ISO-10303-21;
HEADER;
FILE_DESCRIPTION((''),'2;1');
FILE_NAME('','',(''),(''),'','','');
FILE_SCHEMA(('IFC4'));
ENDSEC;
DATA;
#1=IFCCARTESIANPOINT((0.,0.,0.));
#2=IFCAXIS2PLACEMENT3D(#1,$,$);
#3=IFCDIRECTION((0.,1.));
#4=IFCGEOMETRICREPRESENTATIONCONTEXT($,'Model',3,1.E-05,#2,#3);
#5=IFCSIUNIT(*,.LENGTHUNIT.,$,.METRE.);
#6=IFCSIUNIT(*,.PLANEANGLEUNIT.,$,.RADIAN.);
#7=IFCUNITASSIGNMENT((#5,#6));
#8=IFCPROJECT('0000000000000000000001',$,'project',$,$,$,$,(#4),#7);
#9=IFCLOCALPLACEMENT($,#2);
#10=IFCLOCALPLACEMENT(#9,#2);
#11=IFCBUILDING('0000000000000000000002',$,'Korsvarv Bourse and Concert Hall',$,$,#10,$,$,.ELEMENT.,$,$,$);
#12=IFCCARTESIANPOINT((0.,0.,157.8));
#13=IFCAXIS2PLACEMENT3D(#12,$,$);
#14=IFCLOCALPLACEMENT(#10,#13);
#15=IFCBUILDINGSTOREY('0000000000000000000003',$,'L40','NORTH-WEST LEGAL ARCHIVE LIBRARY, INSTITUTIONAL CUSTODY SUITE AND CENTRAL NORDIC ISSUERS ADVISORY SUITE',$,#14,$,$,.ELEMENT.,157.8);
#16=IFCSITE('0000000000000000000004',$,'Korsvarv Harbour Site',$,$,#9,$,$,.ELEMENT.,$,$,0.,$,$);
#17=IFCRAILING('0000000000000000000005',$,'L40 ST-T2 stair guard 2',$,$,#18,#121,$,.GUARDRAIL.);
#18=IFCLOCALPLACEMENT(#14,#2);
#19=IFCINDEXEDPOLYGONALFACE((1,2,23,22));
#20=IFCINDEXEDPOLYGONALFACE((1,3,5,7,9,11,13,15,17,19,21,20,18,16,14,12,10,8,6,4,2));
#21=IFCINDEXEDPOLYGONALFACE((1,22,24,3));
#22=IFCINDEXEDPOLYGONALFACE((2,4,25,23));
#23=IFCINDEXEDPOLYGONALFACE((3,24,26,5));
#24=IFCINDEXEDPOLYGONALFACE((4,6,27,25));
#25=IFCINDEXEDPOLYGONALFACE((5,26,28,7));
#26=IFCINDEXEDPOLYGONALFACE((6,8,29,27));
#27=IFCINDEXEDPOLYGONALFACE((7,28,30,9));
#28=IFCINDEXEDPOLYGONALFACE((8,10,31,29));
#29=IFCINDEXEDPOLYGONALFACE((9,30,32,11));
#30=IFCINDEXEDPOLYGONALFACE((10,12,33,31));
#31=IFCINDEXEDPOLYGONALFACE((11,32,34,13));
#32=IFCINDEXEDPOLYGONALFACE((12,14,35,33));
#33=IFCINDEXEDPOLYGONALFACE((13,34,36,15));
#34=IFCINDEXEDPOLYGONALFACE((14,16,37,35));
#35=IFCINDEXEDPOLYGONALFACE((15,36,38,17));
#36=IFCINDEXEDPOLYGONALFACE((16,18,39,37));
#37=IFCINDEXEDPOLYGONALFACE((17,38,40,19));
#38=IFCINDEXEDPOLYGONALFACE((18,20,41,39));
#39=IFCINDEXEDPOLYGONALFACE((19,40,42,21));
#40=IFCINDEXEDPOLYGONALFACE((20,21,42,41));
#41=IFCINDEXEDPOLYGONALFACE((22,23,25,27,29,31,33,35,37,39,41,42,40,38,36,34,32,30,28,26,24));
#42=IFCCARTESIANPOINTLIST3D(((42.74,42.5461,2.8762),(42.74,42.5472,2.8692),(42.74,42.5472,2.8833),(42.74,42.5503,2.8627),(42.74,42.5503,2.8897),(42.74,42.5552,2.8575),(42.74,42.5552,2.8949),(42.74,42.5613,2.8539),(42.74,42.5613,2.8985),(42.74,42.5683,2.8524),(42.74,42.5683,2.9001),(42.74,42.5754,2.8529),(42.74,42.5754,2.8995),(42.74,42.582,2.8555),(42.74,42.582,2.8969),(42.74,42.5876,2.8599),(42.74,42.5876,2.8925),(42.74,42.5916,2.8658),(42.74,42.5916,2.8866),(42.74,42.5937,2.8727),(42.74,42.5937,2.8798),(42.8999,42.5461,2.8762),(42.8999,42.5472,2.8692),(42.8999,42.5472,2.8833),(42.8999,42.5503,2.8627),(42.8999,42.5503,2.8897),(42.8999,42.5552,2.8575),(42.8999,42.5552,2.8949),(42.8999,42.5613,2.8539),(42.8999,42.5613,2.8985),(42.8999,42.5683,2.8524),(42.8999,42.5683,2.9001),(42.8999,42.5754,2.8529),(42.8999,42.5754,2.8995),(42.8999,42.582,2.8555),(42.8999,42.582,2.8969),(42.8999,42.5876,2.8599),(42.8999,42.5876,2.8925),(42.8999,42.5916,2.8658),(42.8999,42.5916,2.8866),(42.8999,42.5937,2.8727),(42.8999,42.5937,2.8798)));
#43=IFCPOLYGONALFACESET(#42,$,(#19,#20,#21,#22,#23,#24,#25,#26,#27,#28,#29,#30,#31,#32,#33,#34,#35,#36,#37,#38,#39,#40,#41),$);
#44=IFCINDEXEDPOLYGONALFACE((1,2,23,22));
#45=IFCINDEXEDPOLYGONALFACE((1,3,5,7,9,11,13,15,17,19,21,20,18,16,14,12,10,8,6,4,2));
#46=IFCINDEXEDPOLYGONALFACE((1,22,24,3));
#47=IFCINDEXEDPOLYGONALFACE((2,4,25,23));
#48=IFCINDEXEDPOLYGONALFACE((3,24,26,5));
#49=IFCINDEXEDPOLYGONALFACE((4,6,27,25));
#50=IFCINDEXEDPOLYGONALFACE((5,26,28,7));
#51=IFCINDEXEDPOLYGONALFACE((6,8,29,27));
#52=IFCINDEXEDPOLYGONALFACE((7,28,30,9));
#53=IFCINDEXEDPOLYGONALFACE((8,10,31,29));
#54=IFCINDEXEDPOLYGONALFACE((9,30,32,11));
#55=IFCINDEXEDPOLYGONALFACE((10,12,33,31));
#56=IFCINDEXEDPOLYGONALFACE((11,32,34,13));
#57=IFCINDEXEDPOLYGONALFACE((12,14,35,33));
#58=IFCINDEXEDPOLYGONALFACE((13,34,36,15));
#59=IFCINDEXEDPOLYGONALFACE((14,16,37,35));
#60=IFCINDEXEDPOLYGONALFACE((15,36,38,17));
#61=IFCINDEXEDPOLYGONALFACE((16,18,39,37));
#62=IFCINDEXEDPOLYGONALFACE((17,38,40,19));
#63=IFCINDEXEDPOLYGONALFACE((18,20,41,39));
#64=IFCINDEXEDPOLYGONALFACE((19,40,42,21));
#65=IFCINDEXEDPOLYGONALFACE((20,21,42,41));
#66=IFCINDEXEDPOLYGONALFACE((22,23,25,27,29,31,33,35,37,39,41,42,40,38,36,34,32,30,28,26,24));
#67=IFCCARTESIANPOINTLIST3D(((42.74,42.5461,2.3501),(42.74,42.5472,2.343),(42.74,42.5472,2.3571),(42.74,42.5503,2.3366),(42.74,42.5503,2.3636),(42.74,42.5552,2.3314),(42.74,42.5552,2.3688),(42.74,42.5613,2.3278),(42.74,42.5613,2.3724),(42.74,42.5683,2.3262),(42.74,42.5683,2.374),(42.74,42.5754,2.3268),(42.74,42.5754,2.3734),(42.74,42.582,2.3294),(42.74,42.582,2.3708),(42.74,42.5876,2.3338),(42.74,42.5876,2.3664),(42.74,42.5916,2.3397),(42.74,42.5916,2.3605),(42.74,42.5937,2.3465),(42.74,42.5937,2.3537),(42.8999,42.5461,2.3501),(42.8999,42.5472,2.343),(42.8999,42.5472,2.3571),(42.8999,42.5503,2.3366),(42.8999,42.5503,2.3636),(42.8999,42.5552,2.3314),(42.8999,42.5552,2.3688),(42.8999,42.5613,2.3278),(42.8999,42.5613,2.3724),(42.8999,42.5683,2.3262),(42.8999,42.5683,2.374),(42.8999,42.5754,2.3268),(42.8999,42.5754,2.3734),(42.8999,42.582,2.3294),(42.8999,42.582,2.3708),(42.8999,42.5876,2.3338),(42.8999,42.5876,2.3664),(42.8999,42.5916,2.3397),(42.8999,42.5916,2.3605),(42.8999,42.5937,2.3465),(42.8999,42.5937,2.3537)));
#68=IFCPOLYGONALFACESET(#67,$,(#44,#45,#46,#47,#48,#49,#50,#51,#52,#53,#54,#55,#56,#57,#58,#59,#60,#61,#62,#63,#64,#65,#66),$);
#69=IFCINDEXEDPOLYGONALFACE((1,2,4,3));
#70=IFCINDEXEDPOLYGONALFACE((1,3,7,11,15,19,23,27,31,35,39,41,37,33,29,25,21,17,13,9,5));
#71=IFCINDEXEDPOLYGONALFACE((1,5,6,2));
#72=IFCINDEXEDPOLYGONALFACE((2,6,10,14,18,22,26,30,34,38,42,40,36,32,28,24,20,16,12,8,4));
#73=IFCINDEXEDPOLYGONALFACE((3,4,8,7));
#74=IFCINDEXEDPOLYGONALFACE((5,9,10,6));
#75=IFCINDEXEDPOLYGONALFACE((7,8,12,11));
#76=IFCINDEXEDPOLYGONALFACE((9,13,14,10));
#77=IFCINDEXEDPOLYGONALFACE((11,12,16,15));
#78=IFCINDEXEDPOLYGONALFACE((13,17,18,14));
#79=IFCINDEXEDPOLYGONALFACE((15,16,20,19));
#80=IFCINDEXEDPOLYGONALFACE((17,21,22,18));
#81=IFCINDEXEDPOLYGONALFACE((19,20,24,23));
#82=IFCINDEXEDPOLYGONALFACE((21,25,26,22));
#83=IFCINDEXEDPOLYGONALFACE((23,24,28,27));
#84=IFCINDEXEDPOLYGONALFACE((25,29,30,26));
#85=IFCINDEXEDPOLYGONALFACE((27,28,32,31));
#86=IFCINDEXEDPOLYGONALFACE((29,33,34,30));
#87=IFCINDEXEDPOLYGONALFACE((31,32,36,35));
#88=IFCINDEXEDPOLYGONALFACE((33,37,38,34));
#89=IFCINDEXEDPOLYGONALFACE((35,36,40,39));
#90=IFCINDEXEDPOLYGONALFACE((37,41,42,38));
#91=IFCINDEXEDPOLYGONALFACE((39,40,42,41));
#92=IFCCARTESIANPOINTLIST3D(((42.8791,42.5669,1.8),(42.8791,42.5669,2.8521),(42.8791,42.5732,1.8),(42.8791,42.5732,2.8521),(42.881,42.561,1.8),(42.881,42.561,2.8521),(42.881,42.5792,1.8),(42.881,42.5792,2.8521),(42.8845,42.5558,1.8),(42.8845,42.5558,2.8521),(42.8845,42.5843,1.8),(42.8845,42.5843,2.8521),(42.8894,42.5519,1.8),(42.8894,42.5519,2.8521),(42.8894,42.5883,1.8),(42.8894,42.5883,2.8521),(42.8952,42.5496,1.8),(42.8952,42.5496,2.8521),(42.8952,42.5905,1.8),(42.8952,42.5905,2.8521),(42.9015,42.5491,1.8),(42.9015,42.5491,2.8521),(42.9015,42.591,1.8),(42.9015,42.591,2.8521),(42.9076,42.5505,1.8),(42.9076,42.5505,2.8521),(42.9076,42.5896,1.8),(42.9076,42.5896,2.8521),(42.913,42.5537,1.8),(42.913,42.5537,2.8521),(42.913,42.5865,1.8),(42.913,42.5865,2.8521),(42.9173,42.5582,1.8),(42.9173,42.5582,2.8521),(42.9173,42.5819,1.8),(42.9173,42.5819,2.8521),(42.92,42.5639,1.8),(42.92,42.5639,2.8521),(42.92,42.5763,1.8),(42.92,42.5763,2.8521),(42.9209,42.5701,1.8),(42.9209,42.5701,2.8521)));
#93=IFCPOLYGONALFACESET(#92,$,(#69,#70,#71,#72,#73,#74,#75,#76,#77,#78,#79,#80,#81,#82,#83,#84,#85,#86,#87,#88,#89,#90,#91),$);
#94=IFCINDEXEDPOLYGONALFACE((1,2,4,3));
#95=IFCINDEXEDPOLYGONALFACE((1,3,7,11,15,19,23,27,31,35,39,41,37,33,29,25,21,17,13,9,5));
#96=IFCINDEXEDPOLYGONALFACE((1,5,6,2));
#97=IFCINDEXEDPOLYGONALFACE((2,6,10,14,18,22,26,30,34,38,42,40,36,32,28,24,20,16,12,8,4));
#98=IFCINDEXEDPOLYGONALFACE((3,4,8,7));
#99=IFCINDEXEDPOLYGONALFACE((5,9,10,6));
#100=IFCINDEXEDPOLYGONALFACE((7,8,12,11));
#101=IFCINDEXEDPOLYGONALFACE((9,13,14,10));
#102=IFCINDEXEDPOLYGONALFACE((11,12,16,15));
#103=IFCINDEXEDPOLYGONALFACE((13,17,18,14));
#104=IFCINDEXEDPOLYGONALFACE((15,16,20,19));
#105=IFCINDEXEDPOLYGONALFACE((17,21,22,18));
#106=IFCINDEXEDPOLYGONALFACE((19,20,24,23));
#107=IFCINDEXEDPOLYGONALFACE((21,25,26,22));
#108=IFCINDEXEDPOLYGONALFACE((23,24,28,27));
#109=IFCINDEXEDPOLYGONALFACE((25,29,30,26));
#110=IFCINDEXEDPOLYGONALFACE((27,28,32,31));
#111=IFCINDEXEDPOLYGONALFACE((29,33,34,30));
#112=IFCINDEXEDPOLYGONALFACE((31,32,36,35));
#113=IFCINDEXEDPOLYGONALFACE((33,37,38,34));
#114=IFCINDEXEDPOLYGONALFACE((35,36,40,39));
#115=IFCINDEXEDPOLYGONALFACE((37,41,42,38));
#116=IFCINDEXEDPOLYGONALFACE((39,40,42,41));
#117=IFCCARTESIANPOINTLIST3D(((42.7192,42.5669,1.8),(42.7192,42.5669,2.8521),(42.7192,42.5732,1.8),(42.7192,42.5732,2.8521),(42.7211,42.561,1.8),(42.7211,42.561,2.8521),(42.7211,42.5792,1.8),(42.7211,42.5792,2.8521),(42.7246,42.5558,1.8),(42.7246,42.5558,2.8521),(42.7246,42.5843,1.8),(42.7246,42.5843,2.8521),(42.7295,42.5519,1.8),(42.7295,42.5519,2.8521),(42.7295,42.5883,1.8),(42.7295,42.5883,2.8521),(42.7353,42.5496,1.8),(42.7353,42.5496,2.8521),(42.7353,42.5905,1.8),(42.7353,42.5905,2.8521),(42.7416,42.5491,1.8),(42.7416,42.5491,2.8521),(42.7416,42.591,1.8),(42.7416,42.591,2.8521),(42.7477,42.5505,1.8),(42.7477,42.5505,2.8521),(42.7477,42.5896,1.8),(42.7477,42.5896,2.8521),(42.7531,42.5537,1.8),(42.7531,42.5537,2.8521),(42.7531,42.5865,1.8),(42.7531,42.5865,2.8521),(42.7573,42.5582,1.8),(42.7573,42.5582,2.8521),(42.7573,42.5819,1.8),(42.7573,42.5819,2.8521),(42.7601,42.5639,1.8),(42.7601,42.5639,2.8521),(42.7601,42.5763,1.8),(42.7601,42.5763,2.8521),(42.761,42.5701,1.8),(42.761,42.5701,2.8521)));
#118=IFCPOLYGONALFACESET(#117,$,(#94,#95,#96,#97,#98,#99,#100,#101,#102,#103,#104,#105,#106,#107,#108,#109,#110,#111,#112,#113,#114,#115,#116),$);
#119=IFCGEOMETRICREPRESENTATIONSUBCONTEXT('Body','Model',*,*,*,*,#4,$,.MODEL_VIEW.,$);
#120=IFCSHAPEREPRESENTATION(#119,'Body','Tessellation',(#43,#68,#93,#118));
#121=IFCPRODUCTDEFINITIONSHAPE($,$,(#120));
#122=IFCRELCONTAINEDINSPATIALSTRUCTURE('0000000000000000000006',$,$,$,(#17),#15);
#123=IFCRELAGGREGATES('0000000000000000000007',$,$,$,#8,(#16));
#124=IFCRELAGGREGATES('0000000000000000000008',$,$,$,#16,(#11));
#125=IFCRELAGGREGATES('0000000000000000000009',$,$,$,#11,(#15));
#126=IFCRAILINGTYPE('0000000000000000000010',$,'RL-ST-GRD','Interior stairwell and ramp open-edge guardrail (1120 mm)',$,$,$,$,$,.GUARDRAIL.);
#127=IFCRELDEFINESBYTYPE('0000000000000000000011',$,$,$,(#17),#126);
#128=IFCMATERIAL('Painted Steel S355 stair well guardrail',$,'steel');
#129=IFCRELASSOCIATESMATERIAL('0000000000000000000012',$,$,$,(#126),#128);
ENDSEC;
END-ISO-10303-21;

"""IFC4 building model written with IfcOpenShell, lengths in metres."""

from ifc_helpers import new_model, si_unit, direction, frame, origin, origin_2d, place, context, subcontext, project, spatial, circle, extrude, material, type_object, element, save


model = new_model("IFC4")

# Units and contexts
model_context = context("Model", 3, precision=1e-05, world=origin(), true_north=direction((0.0, 1.0)))
body_context = subcontext(model_context, "Body", "Model", "MODEL_VIEW")
ifc_project = project(units=[si_unit("LENGTHUNIT", "METRE"), si_unit("PLANEANGLEUNIT", "RADIAN")], contexts=[model_context])

# Site, building, storey
site_placement = place(None, origin())
site = spatial("IfcSite", under=ifc_project, at=site_placement, Name="Korsvarv Harbour Site", CompositionType="ELEMENT", RefElevation=0.0)
building_placement = place(site_placement, origin())
building = spatial("IfcBuilding", under=site, at=building_placement, Name="Korsvarv Bourse and Concert Hall", CompositionType="ELEMENT")
storey_placement = place(building_placement, frame((0.0, 0.0, 157.8)))
storey = spatial("IfcBuildingStorey", under=building, at=storey_placement, Name="L40", Description="NORTH-WEST LEGAL ARCHIVE LIBRARY, INSTITUTIONAL CUSTODY SUITE AND CENTRAL NORDIC ISSUERS ADVISORY SUITE", CompositionType="ELEMENT", Elevation=157.8)

# Railing
ifc_material_1 = material(Name="Painted Steel S355 stair well guardrail", Category="steel")
railing_type_1 = type_object("IfcRailingType", Name="RL-ST-GRD", Description="Interior stairwell and ramp open-edge guardrail (1120 mm)", PredefinedType="GUARDRAIL", material=ifc_material_1)
railing_1_placement = place(storey_placement, frame((42.8999, 42.5701, 1.8)))
element("IfcRailing", 1, at=railing_1_placement, inside=storey, type_object=railing_type_1, Name="L40 ST-T2 stair guard 2", PredefinedType="GUARDRAIL", context=body_context, shape_type="SweptSolid", body=[
    extrude(circle(Radius=0.0239, at=origin_2d()), frame((0.0, 0.0, 1.0762), z_axis=(-1.0, 0.0, 0.0), x_axis=(0.0, -1.0, 0.0)), (0.0, 0.0, 1.0), 0.1599),
    extrude(circle(Radius=0.0239, at=origin_2d()), frame((0.0, 0.0, 0.55), z_axis=(-1.0, 0.0, 0.0), x_axis=(0.0, -1.0, 0.0)), (0.0, 0.0, 1.0), 0.1599),
    extrude(circle(Radius=0.021, at=origin_2d()), origin(), (0.0, 0.0, 1.0), 1.052),
    extrude(circle(Radius=0.021, at=origin_2d()), frame((-0.1599, 0.0, 0.0)), (0.0, 0.0, 1.0), 1.052),
])

save(model, "model.ifc")
